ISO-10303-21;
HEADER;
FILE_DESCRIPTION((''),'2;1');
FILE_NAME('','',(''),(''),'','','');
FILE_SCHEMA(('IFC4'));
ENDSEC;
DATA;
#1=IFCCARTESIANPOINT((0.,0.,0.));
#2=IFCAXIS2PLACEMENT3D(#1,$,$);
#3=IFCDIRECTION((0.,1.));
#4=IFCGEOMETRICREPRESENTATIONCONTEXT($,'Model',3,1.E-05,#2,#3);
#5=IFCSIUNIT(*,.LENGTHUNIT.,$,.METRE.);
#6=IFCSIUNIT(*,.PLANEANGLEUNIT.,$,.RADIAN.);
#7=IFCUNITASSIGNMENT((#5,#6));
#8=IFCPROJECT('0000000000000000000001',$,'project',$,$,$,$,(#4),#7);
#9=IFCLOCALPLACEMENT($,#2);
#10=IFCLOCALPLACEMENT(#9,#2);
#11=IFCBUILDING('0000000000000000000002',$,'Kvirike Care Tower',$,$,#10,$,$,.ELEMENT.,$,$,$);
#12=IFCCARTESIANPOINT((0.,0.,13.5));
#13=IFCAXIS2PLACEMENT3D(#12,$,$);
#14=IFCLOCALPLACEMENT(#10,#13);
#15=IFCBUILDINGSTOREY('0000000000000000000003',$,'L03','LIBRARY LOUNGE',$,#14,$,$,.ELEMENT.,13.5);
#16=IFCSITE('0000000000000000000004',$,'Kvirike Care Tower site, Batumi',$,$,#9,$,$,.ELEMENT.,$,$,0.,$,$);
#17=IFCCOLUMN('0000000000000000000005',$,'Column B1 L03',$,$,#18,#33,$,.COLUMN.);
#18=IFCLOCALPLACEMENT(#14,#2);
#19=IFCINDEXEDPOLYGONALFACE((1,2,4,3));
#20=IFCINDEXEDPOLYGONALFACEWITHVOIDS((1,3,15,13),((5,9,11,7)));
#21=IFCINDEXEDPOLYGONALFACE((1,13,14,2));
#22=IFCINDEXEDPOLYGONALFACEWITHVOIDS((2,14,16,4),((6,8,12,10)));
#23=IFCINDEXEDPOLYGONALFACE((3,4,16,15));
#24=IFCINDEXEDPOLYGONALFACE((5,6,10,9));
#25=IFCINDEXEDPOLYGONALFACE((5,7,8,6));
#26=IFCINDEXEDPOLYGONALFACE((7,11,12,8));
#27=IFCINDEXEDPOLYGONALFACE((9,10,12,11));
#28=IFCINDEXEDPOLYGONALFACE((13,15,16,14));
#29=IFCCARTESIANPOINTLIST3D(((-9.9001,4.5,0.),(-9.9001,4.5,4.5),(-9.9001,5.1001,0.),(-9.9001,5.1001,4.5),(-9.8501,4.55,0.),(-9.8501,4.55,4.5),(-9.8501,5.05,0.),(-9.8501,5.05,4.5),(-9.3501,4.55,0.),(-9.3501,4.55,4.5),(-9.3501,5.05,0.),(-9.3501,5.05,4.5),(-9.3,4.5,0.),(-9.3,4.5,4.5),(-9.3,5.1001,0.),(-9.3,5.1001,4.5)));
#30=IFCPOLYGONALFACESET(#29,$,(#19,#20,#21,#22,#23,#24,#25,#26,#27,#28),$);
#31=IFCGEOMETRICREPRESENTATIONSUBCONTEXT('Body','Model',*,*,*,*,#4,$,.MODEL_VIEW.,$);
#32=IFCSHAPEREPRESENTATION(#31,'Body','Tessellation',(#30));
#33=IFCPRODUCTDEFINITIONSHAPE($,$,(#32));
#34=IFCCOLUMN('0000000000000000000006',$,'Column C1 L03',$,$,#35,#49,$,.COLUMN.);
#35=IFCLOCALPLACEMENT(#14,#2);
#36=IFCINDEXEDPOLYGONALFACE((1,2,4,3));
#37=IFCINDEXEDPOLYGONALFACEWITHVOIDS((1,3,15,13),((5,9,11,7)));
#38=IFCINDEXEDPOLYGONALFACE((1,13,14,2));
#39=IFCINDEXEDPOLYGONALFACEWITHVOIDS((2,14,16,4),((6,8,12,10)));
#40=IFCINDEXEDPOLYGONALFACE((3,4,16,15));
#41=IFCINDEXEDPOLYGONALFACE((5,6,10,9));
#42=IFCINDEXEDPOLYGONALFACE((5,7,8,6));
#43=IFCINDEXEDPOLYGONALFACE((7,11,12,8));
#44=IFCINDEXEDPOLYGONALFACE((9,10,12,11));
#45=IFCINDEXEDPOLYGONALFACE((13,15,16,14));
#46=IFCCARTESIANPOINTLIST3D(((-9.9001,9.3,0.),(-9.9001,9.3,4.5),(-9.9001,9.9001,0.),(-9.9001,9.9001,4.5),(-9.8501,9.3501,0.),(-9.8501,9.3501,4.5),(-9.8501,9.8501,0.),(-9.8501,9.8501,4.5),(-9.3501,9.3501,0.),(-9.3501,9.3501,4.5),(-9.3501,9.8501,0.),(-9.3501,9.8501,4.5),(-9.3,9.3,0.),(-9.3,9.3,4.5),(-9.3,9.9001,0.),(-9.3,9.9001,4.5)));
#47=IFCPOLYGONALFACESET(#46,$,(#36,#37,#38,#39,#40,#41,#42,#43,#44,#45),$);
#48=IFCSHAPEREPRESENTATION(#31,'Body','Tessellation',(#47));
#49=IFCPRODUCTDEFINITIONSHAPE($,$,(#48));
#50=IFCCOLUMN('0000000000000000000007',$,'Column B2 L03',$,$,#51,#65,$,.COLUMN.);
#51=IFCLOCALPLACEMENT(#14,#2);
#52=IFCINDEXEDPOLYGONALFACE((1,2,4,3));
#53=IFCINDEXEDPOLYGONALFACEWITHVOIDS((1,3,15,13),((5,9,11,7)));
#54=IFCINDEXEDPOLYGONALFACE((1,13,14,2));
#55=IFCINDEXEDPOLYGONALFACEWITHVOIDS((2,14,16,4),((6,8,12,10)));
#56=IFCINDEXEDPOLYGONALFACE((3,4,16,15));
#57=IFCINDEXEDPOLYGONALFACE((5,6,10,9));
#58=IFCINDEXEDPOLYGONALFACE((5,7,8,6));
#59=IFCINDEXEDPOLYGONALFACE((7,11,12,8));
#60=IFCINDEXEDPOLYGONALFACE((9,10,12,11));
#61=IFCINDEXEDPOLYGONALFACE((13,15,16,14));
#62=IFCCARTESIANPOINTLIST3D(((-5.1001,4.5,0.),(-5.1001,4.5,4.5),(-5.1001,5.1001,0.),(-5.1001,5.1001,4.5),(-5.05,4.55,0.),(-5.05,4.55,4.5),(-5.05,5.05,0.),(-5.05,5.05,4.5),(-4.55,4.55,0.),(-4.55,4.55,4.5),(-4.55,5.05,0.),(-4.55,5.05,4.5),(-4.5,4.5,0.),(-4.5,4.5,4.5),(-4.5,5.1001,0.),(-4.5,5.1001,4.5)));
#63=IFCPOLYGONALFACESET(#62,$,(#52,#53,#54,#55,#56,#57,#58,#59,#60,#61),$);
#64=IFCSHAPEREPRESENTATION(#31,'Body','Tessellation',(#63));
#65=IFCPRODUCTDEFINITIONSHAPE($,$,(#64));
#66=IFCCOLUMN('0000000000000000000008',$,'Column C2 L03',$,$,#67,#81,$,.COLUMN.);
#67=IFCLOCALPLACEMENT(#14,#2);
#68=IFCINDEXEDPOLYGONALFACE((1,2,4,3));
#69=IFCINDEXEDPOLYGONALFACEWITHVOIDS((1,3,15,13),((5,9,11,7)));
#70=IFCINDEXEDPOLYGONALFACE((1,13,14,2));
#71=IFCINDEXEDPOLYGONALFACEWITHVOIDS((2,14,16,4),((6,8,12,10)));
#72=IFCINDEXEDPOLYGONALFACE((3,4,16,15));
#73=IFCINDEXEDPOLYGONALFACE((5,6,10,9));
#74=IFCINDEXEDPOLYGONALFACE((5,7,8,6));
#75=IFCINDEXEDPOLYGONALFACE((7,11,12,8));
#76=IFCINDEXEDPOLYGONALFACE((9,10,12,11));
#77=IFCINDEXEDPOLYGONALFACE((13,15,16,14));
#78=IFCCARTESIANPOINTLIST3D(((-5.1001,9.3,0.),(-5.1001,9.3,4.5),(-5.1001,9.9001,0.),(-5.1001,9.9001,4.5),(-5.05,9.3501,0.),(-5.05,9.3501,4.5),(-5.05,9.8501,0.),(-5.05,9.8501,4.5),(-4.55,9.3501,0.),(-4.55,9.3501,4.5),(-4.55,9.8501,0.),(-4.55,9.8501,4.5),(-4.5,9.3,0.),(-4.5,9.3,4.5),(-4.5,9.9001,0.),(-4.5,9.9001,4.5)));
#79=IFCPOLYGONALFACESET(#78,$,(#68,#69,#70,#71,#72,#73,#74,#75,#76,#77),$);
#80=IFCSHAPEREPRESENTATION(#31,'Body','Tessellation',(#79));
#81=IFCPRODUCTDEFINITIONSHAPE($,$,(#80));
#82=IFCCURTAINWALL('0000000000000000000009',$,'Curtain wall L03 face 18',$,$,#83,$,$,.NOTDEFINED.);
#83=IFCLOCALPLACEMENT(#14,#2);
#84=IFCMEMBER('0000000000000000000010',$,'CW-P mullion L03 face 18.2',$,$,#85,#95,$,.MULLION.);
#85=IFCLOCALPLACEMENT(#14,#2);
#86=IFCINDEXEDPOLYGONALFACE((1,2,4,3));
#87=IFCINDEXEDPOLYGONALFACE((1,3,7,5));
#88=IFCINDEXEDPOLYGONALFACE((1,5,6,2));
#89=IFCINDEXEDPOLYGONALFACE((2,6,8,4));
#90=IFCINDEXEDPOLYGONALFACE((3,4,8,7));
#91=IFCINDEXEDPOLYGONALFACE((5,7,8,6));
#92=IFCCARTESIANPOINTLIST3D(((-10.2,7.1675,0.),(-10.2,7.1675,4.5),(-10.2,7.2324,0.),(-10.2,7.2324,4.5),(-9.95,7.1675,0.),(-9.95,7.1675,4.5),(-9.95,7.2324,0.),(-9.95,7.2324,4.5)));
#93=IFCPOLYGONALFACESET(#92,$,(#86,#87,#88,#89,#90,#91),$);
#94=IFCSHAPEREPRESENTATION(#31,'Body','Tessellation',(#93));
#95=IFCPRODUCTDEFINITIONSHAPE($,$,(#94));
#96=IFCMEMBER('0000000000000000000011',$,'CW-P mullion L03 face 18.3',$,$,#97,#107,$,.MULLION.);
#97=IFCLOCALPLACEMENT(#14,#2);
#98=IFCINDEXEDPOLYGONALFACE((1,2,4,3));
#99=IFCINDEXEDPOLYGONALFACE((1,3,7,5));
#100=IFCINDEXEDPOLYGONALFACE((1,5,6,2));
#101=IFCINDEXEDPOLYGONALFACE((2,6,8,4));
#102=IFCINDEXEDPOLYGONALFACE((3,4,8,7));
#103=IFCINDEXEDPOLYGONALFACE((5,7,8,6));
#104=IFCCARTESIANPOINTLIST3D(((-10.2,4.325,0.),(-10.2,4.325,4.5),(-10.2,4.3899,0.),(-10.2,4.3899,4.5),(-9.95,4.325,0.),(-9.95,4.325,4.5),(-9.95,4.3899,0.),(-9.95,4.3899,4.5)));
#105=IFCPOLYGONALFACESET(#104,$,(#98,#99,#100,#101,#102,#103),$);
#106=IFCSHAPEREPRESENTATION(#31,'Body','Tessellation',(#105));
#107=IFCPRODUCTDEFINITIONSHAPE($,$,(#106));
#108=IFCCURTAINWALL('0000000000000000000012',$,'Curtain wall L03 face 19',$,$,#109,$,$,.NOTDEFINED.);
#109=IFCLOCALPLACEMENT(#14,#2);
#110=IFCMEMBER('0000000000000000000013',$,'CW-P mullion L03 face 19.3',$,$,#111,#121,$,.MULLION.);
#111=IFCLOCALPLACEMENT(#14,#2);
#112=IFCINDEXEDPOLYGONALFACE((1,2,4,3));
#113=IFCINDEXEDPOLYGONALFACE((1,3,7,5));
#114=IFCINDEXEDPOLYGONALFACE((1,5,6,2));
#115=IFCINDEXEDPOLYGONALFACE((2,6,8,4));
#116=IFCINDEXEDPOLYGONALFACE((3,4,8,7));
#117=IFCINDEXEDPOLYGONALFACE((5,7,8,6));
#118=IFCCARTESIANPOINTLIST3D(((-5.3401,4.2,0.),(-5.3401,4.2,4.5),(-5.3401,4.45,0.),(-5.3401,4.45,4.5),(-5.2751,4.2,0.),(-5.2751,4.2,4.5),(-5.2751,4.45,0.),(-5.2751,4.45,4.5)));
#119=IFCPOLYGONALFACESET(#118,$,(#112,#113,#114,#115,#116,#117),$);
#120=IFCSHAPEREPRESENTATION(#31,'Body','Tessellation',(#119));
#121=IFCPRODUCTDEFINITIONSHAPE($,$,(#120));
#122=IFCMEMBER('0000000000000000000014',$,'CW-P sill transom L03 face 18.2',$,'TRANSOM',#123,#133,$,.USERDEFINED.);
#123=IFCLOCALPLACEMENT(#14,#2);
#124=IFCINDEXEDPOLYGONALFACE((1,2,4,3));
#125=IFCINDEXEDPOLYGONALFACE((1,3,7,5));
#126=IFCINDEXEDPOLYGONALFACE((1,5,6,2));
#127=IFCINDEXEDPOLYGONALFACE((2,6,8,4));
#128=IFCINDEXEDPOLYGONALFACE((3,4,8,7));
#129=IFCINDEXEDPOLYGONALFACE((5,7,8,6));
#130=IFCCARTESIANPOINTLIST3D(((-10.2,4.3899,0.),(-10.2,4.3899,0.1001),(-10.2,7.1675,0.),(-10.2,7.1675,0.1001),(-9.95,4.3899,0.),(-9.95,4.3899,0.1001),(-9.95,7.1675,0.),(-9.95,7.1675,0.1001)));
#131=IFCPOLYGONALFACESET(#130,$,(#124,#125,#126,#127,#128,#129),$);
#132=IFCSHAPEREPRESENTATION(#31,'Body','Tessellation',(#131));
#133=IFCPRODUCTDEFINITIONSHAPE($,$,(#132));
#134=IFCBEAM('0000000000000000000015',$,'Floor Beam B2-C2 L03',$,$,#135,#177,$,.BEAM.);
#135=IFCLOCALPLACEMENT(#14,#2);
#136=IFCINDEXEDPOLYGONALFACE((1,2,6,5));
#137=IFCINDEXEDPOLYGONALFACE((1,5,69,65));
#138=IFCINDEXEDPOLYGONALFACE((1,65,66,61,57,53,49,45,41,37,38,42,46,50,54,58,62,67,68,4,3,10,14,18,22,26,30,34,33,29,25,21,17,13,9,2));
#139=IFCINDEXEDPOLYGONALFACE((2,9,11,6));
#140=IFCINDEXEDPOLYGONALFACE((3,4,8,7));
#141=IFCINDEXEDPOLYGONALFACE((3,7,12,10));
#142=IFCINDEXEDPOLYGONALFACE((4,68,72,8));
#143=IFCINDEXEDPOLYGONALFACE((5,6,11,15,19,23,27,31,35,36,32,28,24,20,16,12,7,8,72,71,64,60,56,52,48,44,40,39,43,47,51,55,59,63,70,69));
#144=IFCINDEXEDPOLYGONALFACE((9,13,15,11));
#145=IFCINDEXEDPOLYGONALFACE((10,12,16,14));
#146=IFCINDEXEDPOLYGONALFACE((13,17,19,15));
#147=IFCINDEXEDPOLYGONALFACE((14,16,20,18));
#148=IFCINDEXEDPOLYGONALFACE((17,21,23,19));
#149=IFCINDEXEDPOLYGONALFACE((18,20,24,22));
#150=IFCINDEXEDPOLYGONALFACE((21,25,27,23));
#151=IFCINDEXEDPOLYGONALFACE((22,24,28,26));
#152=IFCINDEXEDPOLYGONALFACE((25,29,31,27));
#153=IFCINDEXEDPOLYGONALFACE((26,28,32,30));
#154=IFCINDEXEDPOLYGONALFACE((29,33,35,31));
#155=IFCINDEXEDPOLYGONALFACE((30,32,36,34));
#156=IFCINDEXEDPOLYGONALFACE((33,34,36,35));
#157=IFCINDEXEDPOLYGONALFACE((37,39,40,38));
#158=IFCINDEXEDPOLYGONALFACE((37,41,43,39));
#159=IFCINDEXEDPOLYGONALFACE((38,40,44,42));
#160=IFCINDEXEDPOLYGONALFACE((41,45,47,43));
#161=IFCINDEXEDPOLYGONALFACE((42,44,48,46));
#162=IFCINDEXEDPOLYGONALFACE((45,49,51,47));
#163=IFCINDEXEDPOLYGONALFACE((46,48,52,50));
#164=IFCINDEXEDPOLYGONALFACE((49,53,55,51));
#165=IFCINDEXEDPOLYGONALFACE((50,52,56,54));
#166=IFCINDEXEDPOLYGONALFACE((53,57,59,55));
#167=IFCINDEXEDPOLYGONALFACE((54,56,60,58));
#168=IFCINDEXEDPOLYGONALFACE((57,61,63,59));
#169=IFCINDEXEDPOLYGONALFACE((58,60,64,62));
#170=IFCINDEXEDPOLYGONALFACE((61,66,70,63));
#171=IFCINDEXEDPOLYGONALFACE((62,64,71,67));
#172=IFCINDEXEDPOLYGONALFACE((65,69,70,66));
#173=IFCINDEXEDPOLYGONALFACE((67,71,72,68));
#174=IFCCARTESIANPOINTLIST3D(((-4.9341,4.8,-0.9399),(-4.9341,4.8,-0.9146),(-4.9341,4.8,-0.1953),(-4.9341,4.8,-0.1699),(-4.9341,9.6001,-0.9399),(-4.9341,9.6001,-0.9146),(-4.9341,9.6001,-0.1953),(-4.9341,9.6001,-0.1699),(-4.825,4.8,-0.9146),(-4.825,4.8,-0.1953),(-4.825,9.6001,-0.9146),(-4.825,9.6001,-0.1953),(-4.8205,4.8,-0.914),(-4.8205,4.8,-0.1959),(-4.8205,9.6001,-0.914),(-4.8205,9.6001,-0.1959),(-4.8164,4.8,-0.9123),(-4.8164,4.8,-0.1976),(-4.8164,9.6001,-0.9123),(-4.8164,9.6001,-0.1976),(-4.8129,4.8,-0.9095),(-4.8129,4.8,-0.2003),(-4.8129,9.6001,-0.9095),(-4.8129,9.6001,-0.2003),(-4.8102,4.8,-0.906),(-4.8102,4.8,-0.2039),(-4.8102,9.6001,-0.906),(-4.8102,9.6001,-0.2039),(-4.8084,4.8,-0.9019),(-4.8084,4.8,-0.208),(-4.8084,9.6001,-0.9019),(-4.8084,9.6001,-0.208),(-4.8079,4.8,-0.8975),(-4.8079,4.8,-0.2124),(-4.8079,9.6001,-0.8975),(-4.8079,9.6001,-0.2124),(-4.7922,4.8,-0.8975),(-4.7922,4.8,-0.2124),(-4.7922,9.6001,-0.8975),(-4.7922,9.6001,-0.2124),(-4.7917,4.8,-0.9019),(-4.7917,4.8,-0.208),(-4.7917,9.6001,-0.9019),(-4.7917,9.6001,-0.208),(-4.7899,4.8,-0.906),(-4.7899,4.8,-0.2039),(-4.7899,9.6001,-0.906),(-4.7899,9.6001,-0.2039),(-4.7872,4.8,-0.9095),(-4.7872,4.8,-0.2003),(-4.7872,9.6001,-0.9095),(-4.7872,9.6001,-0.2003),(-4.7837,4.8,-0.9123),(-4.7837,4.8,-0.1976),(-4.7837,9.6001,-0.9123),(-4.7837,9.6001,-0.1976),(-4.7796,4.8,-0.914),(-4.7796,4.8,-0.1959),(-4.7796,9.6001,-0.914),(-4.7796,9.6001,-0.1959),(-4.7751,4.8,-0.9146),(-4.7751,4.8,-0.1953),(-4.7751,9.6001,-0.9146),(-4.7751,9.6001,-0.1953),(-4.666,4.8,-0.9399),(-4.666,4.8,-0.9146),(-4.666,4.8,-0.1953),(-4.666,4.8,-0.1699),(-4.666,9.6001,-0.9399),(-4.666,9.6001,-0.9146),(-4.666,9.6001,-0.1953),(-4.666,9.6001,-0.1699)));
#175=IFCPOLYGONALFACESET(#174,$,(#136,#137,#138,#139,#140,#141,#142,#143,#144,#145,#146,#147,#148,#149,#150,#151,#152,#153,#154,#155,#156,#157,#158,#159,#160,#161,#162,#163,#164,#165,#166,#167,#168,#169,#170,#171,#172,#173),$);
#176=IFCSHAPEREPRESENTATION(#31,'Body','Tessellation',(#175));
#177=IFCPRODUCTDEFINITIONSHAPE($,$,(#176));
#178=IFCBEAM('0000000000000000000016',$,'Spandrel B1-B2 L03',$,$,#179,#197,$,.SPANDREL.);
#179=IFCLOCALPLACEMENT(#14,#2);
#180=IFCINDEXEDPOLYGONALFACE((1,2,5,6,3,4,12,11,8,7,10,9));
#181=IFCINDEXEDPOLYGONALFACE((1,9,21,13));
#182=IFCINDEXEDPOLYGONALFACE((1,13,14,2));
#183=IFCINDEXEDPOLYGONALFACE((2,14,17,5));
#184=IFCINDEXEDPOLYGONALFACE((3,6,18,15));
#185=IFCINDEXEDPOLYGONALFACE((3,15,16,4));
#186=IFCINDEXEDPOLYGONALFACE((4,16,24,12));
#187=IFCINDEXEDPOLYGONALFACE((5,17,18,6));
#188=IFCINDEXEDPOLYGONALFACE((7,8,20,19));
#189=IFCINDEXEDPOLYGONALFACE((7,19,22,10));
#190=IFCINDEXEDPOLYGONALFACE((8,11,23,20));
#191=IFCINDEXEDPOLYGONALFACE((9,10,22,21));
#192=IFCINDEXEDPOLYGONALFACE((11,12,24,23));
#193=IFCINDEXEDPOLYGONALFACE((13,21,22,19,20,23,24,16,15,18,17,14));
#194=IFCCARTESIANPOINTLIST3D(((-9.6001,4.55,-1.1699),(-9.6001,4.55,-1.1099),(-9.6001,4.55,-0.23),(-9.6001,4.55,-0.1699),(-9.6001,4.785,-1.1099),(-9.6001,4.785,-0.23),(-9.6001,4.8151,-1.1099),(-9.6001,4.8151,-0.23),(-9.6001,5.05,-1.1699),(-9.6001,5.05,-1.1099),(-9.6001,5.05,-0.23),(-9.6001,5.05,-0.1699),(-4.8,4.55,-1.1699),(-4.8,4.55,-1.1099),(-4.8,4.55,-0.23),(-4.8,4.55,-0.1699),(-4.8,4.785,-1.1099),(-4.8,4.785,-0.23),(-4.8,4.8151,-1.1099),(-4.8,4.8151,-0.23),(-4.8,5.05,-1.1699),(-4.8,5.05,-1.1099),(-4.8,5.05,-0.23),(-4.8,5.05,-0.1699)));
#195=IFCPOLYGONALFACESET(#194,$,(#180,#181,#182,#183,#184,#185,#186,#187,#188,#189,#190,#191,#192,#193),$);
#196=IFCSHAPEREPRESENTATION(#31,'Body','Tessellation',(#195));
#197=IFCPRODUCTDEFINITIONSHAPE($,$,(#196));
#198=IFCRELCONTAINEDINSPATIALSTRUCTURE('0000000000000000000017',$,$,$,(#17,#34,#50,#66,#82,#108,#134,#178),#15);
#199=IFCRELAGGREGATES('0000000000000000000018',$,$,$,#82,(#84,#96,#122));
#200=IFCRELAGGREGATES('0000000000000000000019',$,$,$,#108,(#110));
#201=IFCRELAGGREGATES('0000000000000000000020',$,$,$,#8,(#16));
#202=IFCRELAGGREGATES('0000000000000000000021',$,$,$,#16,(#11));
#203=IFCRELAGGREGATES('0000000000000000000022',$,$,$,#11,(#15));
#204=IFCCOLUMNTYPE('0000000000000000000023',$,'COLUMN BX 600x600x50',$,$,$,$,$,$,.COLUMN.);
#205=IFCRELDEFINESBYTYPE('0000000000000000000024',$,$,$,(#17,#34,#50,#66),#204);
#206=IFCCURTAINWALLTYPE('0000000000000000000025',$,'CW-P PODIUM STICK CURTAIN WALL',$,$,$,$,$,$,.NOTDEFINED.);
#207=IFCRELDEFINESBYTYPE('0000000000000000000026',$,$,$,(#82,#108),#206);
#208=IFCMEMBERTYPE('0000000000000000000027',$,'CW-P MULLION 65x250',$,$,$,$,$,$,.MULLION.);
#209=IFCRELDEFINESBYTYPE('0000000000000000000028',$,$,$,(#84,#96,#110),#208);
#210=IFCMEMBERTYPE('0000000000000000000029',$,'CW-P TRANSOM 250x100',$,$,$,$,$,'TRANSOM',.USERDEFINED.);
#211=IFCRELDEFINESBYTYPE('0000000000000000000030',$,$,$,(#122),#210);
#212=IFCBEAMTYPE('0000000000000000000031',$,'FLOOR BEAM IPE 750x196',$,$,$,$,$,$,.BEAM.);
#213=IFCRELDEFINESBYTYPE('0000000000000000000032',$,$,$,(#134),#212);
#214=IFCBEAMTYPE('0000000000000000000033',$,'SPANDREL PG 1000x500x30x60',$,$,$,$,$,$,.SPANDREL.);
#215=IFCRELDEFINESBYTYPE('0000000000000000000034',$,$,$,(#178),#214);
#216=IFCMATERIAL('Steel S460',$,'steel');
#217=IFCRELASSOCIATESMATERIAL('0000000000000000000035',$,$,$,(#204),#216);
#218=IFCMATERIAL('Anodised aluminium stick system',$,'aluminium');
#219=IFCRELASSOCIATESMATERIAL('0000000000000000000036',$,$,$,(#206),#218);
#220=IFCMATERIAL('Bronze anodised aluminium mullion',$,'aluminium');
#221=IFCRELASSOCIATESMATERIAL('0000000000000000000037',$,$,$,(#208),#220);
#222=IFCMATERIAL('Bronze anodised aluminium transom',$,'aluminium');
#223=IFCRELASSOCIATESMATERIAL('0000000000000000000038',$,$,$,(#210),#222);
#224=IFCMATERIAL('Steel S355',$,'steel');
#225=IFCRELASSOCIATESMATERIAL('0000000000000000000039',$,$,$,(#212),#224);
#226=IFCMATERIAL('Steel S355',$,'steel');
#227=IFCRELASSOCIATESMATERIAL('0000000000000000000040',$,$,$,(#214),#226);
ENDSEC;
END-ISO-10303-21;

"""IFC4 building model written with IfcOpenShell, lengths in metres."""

from ifc_helpers import new_model, si_unit, direction, frame, origin, origin_2d, place, context, subcontext, project, spatial, rectangle, hollow_rectangle, i_section, extrude, material, material_profile, profile_set, type_object, element, aggregate, save


model = new_model("IFC4")

# Units and contexts
model_context = context("Model", 3, precision=1e-05, world=origin(), true_north=direction((0.0, 1.0)))
body_context = subcontext(model_context, "Body", "Model", "MODEL_VIEW")
ifc_project = project(units=[si_unit("LENGTHUNIT", "METRE"), si_unit("PLANEANGLEUNIT", "RADIAN")], contexts=[model_context])

# Site, building, storey
site_placement = place(None, origin())
site = spatial("IfcSite", under=ifc_project, at=site_placement, Name="Kvirike Care Tower site, Batumi", CompositionType="ELEMENT", RefElevation=0.0)
building_placement = place(site_placement, origin())
building = spatial("IfcBuilding", under=site, at=building_placement, Name="Kvirike Care Tower", CompositionType="ELEMENT")
storey_placement = place(building_placement, frame((0.0, 0.0, 13.5)))
storey = spatial("IfcBuildingStorey", under=building, at=storey_placement, Name="L03", Description="LIBRARY LOUNGE", CompositionType="ELEMENT", Elevation=13.5)

# Columns
ifc_material_1 = material(Name="Steel S460", Category="steel")
ifc_material_profile_1 = material_profile(ifc_material_1, hollow_rectangle(XDim=0.6001, YDim=0.6001, WallThickness=0.05, at=origin_2d()), Name="BX 600x600x50")
ifc_profile_set_1 = profile_set([ifc_material_profile_1], Name="Steel S460")
column_type = type_object("IfcColumnType", Name="COLUMN BX 600x600x50", PredefinedType="COLUMN", material=ifc_profile_set_1)
for number, where, z_axis, x_axis, name in (
    (1, (-9.6001, 4.8, 0.0), (0.0, 0.0, 1.0), (0.0, 1.0, 0.0), "Column B1 L03"),
    (2, (-9.6001, 9.6001, 0.0), (0.0, 0.0, 1.0), (0.0, 1.0, 0.0), "Column C1 L03"),
    (3, (-4.8, 4.8, 0.0), (0.0, 0.0, 1.0), (0.0, 1.0, 0.0), "Column B2 L03"),
    (4, (-4.8, 9.6001, 0.0), (0.0, 0.0, 1.0), (0.0, 1.0, 0.0), "Column C2 L03"),
):
    element("IfcColumn", number, at=place(storey_placement, frame(where, z_axis=z_axis, x_axis=x_axis)), inside=storey, type_object=column_type, Name=name, PredefinedType="COLUMN", context=body_context, shape_type="SweptSolid", body=[
        extrude(hollow_rectangle(XDim=0.6001, YDim=0.6001, WallThickness=0.05, at=origin_2d()), origin(), (0.0, 0.0, 1.0), 4.5),
    ])

# Curtain wall, members
ifc_material_2 = material(Name="Anodised aluminium stick system", Category="aluminium")
curtain_wall_type = type_object("IfcCurtainWallType", Name="CW-P PODIUM STICK CURTAIN WALL", PredefinedType="NOTDEFINED", material=ifc_material_2)
curtain_wall_1_placement = place(storey_placement, origin())
curtain_wall_1 = element("IfcCurtainWall", 5, at=curtain_wall_1_placement, inside=storey, type_object=curtain_wall_type, Name="Curtain wall L03 face 18", PredefinedType="NOTDEFINED")
ifc_material_3 = material(Name="Bronze anodised aluminium mullion", Category="aluminium")
ifc_material_profile_2 = material_profile(ifc_material_3, rectangle(XDim=0.0649, YDim=0.25, at=origin_2d()), Name="CW-P MULLION 65x250")
ifc_profile_set_2 = profile_set([ifc_material_profile_2], Name="Bronze anodised aluminium mullion")
member_type_1 = type_object("IfcMemberType", Name="CW-P MULLION 65x250", PredefinedType="MULLION", material=ifc_profile_set_2)
member_1_placement = place(storey_placement, frame((-10.075, 7.2, 0.0), z_axis=(0.0, 0.0, 1.0), x_axis=(0.0, -1.0, 0.0)))
member_1 = element("IfcMember", 6, at=member_1_placement, type_object=member_type_1, Name="CW-P mullion L03 face 18.2", PredefinedType="MULLION", context=body_context, shape_type="SweptSolid", body=[
    extrude(rectangle(XDim=0.0649, YDim=0.25, at=origin_2d()), origin(), (0.0, 0.0, 1.0), 4.5),
])
member_2_placement = place(storey_placement, frame((-10.075, 4.3574, 0.0), z_axis=(0.0, 0.0, 1.0), x_axis=(0.0, -1.0, 0.0)))
member_2 = element("IfcMember", 7, at=member_2_placement, type_object=member_type_1, Name="CW-P mullion L03 face 18.3", PredefinedType="MULLION", context=body_context, shape_type="SweptSolid", body=[
    extrude(rectangle(XDim=0.0649, YDim=0.25, at=origin_2d()), origin(), (0.0, 0.0, 1.0), 4.5),
])

# Curtain wall, member
curtain_wall_2_placement = place(storey_placement, origin())
curtain_wall_2 = element("IfcCurtainWall", 8, at=curtain_wall_2_placement, inside=storey, type_object=curtain_wall_type, Name="Curtain wall L03 face 19", PredefinedType="NOTDEFINED")
member_3_placement = place(storey_placement, frame((-5.3076, 4.325, 0.0), z_axis=(0.0, 0.0, 1.0), x_axis=(1.0, 0.0, 0.0)))
member_3 = element("IfcMember", 9, at=member_3_placement, type_object=member_type_1, Name="CW-P mullion L03 face 19.3", PredefinedType="MULLION", context=body_context, shape_type="SweptSolid", body=[
    extrude(rectangle(XDim=0.0649, YDim=0.25, at=origin_2d()), origin(), (0.0, 0.0, 1.0), 4.5),
])

# Member
ifc_material_4 = material(Name="Bronze anodised aluminium transom", Category="aluminium")
ifc_material_profile_3 = material_profile(ifc_material_4, rectangle(XDim=0.25, YDim=0.1001, at=origin_2d()), Name="CW-P TRANSOM 250x100")
ifc_profile_set_3 = profile_set([ifc_material_profile_3], Name="Bronze anodised aluminium transom")
member_type_2 = type_object("IfcMemberType", Name="CW-P TRANSOM 250x100", ElementType="TRANSOM", PredefinedType="USERDEFINED", material=ifc_profile_set_3)
member_4_placement = place(storey_placement, frame((-10.075, 7.1675, 0.05), z_axis=(0.0, -1.0, 0.0), x_axis=(1.0, 0.0, 0.0)))
member_4 = element("IfcMember", 10, at=member_4_placement, type_object=member_type_2, Name="CW-P sill transom L03 face 18.2", ObjectType="TRANSOM", PredefinedType="USERDEFINED", context=body_context, shape_type="SweptSolid", body=[
    extrude(rectangle(XDim=0.25, YDim=0.1001, at=origin_2d()), origin(), (0.0, 0.0, 1.0), 2.7776),
])

# Beams
ifc_material_5 = material(Name="Steel S355", Category="steel")
ifc_material_profile_4 = material_profile(ifc_material_5, i_section(OverallWidth=0.2681, OverallDepth=0.77, WebThickness=0.0156, FlangeThickness=0.0254, FilletRadius=0.0171, at=origin_2d()), Name="IPE 750x196")
ifc_profile_set_4 = profile_set([ifc_material_profile_4], Name="Steel S355")
beam_type_1 = type_object("IfcBeamType", Name="FLOOR BEAM IPE 750x196", PredefinedType="BEAM", material=ifc_profile_set_4)
beam_1_placement = place(storey_placement, frame((-4.8, 4.8, -0.5549), z_axis=(0.0, 1.0, 0.0), x_axis=(-1.0, 0.0, 0.0)))
element("IfcBeam", 11, at=beam_1_placement, inside=storey, type_object=beam_type_1, Name="Floor Beam B2-C2 L03", PredefinedType="BEAM", context=body_context, shape_type="SweptSolid", body=[
    extrude(i_section(OverallWidth=0.2681, OverallDepth=0.77, WebThickness=0.0156, FlangeThickness=0.0254, FilletRadius=0.0171, at=origin_2d()), origin(), (0.0, 0.0, 1.0), 4.8),
])
ifc_material_6 = material(Name="Steel S355", Category="steel")
ifc_material_profile_5 = material_profile(ifc_material_6, i_section(OverallWidth=0.5, OverallDepth=1.0, WebThickness=0.03, FlangeThickness=0.0601, at=origin_2d()), Name="PG 1000x500x30x60")
ifc_profile_set_5 = profile_set([ifc_material_profile_5], Name="Steel S355")
beam_type_2 = type_object("IfcBeamType", Name="SPANDREL PG 1000x500x30x60", PredefinedType="SPANDREL", material=ifc_profile_set_5)
for number, where, z_axis, x_axis, name in (
    (12, (-9.6001, 4.8, -0.6699), (1.0, 0.0, 0.0), (0.0, 1.0, 0.0), "Spandrel B1-B2 L03"),
):
    element("IfcBeam", number, at=place(storey_placement, frame(where, z_axis=z_axis, x_axis=x_axis)), inside=storey, type_object=beam_type_2, Name=name, PredefinedType="SPANDREL", context=body_context, shape_type="SweptSolid", body=[
        extrude(i_section(OverallWidth=0.5, OverallDepth=1.0, WebThickness=0.03, FlangeThickness=0.0601, at=origin_2d()), origin(), (0.0, 0.0, 1.0), 4.8),
    ])

aggregate(curtain_wall_1, [member_1, member_2, member_4])
aggregate(curtain_wall_2, [member_3])

save(model, "model.ifc")
